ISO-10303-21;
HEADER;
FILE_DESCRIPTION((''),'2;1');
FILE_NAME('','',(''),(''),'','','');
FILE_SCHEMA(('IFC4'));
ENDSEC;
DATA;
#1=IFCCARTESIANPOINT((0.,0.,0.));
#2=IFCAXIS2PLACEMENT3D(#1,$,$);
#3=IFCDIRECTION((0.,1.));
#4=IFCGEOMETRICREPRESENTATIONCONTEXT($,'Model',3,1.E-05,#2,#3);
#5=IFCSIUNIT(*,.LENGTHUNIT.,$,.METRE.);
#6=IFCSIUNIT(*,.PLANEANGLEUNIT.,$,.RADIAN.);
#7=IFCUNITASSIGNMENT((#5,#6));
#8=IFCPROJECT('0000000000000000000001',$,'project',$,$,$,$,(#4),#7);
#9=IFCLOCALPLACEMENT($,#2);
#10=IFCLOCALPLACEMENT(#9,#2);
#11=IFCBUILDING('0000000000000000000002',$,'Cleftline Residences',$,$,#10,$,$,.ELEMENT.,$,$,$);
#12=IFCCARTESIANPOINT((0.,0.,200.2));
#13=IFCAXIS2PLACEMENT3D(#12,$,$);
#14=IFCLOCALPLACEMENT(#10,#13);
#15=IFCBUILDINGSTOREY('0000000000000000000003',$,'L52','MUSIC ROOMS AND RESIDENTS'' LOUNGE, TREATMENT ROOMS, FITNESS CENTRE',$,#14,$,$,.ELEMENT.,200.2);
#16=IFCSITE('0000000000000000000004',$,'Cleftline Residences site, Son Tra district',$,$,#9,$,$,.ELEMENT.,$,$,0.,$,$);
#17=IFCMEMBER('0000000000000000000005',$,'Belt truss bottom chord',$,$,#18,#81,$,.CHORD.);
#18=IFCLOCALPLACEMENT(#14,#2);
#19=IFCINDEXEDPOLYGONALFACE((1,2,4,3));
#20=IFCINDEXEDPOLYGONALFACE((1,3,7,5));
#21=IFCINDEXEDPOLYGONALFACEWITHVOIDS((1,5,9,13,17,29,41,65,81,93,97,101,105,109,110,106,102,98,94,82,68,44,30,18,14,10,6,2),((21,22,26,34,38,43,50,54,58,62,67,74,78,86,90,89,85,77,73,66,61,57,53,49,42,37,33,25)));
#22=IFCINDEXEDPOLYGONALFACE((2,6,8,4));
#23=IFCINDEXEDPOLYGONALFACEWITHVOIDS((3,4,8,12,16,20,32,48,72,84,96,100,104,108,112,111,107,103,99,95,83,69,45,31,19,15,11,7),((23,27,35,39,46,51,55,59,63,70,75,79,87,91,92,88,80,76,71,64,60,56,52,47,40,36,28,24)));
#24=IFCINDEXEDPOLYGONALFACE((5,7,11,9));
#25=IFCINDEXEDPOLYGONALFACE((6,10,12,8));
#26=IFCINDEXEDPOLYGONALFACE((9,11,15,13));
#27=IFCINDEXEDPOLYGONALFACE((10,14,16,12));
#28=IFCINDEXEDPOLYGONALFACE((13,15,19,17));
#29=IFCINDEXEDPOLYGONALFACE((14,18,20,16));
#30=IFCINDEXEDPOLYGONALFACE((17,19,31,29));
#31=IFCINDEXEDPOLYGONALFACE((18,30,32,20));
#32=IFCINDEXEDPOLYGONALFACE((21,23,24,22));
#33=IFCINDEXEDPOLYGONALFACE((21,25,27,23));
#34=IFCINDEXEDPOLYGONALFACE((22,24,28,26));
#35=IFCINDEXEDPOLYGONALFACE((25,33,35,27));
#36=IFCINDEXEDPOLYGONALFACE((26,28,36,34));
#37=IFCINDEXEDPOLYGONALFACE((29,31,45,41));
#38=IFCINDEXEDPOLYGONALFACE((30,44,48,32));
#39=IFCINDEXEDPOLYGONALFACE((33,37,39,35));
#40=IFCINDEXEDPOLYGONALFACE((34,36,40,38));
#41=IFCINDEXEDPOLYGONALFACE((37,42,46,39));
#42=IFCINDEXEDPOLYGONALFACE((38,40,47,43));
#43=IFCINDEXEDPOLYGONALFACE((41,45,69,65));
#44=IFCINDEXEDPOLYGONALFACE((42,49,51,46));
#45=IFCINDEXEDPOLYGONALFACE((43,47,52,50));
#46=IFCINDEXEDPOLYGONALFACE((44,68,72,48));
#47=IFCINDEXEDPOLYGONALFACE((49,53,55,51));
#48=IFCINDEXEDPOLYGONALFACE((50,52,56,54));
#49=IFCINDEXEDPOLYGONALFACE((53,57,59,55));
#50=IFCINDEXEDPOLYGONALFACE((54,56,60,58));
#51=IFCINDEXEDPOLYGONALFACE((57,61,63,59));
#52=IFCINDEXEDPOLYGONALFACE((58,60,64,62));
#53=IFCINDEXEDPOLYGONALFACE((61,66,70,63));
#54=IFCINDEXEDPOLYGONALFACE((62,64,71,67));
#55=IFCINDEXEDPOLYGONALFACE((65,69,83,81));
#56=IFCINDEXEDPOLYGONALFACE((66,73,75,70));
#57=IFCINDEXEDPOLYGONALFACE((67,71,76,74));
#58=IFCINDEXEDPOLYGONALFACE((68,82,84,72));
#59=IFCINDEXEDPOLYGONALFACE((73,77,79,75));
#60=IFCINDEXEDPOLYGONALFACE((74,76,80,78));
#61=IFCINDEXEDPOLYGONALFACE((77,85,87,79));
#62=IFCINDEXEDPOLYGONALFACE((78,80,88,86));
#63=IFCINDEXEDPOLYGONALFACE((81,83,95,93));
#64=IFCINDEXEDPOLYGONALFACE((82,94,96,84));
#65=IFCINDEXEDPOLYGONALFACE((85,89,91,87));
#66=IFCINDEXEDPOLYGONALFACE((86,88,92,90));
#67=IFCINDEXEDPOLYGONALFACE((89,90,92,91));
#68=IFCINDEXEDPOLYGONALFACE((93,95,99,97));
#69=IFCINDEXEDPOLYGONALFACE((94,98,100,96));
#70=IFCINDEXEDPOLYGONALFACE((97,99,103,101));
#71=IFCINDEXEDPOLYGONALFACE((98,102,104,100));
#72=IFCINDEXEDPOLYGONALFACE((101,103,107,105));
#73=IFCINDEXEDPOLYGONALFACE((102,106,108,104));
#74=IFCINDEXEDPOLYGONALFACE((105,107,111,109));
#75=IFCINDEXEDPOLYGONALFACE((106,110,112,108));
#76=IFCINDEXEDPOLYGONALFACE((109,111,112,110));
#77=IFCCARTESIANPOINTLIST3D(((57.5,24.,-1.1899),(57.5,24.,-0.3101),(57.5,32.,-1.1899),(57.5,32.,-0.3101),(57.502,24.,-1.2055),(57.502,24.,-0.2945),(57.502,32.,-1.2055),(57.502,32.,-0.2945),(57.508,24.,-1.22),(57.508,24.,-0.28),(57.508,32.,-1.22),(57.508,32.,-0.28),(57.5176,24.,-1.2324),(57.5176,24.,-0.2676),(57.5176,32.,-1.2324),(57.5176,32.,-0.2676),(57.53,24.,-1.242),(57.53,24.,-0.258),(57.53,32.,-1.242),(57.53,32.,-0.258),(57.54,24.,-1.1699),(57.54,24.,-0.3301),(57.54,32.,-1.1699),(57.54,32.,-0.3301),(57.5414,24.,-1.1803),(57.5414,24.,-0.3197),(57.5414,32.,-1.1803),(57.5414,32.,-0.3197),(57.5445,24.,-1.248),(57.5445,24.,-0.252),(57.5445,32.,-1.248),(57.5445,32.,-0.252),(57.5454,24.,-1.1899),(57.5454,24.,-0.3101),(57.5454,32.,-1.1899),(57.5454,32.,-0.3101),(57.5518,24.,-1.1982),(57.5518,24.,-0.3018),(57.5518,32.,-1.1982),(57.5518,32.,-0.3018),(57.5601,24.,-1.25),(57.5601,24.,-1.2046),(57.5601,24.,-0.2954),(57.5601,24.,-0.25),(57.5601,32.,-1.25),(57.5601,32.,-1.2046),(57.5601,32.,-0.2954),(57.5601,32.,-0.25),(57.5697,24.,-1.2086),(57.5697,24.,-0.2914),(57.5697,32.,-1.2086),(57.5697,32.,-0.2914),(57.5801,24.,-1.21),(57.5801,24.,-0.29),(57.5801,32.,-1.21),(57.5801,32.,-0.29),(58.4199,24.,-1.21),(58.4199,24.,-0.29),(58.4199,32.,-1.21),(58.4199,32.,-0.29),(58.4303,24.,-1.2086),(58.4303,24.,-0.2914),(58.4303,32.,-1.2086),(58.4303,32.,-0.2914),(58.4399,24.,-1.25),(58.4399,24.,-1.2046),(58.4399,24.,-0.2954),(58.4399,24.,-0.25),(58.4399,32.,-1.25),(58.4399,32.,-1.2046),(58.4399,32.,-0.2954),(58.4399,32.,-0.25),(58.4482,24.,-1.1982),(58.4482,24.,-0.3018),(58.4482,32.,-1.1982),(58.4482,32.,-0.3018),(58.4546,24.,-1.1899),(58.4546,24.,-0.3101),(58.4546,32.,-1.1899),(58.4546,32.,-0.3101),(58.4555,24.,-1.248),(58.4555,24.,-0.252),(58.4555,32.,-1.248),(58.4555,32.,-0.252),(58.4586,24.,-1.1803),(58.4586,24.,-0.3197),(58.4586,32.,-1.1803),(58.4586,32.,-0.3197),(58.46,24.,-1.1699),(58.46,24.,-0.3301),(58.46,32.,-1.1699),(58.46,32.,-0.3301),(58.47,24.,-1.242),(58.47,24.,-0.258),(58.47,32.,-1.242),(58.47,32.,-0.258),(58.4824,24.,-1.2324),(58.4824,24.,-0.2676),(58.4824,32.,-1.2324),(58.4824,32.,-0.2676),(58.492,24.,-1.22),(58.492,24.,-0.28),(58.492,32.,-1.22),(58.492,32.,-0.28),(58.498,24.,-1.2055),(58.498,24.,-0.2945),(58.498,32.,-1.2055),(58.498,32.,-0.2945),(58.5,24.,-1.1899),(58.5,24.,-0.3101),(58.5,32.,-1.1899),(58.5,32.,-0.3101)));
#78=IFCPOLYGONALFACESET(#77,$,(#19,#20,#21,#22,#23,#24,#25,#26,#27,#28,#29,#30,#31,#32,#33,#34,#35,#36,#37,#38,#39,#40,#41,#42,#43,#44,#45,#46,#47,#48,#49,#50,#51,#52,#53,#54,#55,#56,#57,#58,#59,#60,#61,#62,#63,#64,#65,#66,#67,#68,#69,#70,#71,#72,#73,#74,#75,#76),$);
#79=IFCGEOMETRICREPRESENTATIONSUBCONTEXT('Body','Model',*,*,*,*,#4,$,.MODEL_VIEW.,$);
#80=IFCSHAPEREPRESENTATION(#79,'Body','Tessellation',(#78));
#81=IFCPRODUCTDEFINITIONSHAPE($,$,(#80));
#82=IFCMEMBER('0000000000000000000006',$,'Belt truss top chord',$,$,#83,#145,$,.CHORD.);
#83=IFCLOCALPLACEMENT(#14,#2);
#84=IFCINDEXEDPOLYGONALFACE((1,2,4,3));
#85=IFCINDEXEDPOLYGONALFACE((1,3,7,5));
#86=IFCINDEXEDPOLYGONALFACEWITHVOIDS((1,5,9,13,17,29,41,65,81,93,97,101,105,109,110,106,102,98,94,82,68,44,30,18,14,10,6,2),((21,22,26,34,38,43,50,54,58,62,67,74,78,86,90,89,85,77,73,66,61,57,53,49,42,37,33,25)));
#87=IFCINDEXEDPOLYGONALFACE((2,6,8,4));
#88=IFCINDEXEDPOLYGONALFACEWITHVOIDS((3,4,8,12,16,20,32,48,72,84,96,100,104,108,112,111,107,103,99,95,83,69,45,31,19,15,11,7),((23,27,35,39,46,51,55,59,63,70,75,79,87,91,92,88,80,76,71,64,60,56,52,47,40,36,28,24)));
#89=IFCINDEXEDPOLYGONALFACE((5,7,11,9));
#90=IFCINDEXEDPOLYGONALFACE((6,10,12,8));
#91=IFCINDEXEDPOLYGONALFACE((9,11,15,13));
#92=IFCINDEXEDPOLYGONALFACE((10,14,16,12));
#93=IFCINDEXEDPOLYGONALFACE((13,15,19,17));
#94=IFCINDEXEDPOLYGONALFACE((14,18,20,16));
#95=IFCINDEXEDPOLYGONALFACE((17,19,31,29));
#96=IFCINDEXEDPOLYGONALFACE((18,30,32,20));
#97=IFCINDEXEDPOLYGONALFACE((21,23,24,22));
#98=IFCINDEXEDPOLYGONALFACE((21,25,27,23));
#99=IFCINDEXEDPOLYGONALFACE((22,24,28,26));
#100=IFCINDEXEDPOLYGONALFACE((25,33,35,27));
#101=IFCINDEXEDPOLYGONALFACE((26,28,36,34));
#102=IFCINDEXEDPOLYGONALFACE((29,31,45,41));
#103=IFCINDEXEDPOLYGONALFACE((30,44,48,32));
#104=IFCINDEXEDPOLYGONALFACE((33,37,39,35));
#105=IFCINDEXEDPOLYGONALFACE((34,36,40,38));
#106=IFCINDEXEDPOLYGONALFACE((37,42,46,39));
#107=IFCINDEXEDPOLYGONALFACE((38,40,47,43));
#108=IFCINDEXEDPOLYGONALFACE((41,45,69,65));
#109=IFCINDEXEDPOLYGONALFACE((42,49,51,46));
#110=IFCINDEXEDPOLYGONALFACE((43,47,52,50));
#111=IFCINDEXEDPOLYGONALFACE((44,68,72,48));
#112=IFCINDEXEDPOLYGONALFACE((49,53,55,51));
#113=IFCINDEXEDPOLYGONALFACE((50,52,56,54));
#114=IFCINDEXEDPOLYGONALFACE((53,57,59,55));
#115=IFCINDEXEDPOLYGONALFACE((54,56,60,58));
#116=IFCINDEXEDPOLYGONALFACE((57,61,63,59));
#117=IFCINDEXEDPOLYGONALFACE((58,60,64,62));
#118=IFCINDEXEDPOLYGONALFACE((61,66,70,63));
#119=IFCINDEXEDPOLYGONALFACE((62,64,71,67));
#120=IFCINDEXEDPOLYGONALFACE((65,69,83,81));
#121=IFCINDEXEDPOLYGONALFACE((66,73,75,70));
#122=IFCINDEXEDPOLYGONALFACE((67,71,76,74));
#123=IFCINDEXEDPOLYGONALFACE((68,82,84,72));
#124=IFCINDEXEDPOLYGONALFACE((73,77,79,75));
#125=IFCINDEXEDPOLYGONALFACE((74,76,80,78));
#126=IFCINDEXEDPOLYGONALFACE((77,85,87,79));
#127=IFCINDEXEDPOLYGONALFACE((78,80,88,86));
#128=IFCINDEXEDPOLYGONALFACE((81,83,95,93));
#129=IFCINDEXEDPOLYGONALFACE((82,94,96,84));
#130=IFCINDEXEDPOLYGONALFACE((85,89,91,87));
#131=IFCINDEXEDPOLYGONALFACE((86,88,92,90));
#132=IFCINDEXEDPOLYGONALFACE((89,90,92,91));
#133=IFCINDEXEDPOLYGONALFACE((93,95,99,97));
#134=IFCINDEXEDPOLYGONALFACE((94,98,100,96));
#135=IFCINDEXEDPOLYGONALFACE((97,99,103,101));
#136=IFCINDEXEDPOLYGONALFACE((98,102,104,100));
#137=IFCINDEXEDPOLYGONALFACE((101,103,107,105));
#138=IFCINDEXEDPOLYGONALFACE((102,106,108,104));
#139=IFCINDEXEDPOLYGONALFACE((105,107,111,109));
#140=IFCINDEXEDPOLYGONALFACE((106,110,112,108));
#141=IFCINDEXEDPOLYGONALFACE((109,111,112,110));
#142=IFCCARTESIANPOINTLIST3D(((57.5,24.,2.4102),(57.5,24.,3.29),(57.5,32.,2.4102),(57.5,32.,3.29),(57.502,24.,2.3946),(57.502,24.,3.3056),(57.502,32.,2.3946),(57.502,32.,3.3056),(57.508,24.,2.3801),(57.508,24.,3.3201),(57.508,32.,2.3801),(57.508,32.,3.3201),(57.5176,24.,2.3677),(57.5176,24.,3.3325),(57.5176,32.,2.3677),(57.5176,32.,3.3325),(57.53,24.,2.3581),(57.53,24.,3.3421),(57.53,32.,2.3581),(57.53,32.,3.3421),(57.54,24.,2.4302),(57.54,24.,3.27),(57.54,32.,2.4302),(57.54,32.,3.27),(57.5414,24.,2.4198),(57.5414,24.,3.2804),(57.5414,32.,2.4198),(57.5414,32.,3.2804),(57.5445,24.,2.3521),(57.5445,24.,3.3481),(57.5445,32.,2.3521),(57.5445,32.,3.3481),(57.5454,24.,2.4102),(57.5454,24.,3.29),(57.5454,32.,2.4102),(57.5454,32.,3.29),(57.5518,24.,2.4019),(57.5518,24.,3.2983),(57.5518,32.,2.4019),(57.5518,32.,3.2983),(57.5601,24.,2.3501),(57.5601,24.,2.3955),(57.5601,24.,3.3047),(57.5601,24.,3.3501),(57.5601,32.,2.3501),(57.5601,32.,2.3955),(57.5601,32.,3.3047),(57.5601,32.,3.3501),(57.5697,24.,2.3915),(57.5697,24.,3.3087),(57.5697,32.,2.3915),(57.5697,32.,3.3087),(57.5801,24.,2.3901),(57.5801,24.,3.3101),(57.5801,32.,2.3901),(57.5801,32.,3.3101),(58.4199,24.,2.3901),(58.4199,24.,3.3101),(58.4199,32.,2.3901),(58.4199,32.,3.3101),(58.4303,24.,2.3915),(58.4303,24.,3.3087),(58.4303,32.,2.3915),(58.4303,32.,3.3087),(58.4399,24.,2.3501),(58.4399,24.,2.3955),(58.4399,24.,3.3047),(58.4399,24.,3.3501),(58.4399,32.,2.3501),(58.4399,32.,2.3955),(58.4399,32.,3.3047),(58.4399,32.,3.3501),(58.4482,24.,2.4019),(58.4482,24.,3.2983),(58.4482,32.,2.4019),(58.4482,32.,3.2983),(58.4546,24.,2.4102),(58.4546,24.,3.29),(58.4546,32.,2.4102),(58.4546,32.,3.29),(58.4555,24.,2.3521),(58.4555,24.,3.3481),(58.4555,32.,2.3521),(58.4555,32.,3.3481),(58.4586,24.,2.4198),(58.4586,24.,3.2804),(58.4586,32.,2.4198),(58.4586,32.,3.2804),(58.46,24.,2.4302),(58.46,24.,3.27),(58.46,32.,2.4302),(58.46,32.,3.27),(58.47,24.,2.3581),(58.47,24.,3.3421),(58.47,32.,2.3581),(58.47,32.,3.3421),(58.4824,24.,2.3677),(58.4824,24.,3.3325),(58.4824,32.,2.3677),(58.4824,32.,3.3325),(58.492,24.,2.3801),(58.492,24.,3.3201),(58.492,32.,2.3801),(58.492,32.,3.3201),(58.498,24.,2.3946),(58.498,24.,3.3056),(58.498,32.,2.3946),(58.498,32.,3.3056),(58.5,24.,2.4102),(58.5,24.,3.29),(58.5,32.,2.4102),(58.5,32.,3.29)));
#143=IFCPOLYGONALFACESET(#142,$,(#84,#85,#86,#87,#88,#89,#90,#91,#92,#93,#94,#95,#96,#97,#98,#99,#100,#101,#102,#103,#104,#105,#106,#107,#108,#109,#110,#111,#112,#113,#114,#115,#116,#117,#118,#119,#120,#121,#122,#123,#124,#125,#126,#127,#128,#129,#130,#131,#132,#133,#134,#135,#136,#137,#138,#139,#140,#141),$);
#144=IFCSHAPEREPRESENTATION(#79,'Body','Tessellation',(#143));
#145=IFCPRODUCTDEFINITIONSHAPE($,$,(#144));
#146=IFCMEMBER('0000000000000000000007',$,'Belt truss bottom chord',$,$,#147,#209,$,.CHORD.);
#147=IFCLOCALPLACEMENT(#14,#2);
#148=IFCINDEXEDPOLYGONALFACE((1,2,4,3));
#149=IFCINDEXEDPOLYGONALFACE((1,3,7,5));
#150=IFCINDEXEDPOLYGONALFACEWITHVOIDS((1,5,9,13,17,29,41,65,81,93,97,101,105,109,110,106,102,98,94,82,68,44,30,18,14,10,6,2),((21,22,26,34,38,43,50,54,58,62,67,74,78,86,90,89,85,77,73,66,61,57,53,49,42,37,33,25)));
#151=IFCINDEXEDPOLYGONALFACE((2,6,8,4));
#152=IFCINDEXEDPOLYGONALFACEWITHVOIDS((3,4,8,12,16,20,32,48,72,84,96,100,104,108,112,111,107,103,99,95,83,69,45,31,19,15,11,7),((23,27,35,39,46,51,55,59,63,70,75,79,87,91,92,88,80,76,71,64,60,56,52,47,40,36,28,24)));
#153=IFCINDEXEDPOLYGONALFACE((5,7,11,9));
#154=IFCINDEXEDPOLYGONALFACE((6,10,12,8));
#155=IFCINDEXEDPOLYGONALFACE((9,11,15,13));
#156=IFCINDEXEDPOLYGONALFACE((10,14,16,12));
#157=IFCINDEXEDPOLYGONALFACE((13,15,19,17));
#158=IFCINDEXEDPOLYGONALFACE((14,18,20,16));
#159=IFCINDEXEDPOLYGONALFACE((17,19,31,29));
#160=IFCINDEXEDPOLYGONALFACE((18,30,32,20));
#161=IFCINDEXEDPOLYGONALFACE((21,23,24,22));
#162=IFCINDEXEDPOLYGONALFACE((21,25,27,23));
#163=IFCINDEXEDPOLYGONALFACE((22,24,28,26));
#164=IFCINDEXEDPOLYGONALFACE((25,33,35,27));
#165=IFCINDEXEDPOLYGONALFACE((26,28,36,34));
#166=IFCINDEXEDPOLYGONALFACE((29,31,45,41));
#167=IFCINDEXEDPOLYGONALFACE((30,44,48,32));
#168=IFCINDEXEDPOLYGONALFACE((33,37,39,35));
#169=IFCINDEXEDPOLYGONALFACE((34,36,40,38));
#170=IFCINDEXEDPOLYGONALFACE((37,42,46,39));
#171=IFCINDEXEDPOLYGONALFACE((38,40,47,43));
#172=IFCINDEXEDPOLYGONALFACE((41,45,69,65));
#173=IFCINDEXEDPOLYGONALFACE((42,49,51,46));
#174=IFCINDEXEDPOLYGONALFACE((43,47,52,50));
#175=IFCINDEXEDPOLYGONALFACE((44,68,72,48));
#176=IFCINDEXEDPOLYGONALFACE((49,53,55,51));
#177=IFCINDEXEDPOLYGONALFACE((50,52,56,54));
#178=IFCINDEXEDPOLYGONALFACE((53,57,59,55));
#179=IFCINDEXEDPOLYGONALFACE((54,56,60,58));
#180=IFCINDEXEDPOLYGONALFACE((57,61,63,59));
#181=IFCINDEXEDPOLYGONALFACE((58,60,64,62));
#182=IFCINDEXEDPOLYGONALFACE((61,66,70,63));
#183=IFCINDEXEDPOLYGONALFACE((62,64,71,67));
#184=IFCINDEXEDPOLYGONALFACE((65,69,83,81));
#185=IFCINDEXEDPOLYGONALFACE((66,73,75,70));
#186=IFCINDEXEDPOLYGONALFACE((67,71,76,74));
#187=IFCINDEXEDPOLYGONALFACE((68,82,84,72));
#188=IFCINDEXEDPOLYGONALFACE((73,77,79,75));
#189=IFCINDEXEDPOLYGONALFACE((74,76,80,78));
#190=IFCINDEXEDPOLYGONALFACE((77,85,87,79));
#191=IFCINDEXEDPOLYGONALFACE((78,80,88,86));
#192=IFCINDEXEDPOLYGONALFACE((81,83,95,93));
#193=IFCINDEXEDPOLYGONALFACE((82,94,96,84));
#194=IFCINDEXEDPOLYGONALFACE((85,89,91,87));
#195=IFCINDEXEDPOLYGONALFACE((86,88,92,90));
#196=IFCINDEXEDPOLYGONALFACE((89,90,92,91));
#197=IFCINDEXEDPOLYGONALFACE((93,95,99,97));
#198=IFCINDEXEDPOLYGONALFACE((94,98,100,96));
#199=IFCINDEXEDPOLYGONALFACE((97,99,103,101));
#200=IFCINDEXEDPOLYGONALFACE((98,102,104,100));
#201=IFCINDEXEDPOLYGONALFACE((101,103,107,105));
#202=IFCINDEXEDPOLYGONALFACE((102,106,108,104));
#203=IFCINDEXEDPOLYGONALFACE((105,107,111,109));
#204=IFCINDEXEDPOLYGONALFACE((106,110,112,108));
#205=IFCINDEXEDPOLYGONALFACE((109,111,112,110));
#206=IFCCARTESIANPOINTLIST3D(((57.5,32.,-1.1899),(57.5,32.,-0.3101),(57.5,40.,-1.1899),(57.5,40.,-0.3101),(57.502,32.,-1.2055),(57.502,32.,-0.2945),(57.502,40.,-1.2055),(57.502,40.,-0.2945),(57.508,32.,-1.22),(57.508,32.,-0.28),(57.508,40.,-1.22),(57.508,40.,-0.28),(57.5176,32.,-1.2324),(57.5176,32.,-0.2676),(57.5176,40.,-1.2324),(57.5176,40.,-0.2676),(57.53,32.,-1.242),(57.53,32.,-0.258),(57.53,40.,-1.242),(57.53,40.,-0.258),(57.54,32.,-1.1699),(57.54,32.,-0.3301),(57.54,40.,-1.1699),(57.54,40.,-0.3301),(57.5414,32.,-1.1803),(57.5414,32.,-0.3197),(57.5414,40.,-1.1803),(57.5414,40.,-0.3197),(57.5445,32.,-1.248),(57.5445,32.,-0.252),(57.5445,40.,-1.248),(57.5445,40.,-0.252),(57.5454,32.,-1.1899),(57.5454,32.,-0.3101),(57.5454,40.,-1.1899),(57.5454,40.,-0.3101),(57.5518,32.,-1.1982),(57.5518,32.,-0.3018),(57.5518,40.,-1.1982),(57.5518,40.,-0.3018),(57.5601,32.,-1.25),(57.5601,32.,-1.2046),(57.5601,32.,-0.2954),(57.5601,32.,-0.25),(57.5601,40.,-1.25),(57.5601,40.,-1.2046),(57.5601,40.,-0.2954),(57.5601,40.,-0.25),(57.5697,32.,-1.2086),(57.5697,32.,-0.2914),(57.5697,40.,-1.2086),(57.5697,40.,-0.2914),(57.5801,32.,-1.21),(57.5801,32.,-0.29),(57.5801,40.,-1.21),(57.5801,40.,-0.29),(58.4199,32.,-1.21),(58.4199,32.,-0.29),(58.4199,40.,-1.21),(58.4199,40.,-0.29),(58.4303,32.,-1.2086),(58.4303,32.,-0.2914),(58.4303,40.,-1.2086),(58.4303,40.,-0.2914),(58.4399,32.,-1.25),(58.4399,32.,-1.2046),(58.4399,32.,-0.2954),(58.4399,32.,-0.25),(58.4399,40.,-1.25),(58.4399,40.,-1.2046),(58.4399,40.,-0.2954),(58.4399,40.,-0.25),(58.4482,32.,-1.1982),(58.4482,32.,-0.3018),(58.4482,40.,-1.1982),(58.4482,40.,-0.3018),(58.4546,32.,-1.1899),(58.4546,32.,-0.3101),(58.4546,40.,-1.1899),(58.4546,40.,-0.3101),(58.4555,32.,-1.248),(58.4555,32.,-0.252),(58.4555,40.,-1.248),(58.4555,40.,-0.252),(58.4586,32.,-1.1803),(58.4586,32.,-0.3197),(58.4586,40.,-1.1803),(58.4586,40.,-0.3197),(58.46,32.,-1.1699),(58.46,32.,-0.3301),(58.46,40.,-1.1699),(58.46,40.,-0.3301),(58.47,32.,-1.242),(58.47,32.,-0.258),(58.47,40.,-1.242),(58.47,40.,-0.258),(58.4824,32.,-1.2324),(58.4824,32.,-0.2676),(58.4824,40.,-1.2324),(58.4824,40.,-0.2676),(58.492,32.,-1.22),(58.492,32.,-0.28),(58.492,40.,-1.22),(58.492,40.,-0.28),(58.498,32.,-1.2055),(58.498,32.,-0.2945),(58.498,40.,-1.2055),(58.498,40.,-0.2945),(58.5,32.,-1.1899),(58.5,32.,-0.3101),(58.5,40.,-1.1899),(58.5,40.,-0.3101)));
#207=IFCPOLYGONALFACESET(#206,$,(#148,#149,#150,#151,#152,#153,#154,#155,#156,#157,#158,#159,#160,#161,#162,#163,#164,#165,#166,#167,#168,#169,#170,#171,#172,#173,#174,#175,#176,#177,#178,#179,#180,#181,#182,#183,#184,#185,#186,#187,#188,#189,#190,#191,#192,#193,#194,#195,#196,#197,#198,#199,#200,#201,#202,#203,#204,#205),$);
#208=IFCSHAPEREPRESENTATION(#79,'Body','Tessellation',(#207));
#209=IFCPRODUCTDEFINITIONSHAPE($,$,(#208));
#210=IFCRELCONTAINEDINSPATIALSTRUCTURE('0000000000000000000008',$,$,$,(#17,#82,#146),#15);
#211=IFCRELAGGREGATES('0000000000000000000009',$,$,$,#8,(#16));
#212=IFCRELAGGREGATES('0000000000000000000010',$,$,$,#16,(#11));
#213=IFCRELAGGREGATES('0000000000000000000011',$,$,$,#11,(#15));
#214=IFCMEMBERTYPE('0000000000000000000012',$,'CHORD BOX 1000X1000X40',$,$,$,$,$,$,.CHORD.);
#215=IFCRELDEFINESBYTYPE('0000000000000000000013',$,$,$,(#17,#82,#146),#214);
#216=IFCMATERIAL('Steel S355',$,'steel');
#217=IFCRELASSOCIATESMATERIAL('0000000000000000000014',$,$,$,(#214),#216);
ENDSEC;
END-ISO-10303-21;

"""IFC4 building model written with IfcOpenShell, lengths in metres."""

from ifc_helpers import new_model, si_unit, direction, frame, origin, origin_2d, place, context, subcontext, project, spatial, hollow_rectangle, extrude, material, material_profile, profile_set, type_object, element, save


model = new_model("IFC4")

# Units and contexts
model_context = context("Model", 3, precision=1e-05, world=origin(), true_north=direction((0.0, 1.0)))
body_context = subcontext(model_context, "Body", "Model", "MODEL_VIEW")
ifc_project = project(units=[si_unit("LENGTHUNIT", "METRE"), si_unit("PLANEANGLEUNIT", "RADIAN")], contexts=[model_context])

# Site, building, storey
site_placement = place(None, origin())
site = spatial("IfcSite", under=ifc_project, at=site_placement, Name="Cleftline Residences site, Son Tra district", CompositionType="ELEMENT", RefElevation=0.0)
building_placement = place(site_placement, origin())
building = spatial("IfcBuilding", under=site, at=building_placement, Name="Cleftline Residences", CompositionType="ELEMENT")
storey_placement = place(building_placement, frame((0.0, 0.0, 200.2)))
storey = spatial("IfcBuildingStorey", under=building, at=storey_placement, Name="L52", Description="MUSIC ROOMS AND RESIDENTS' LOUNGE, TREATMENT ROOMS, FITNESS CENTRE", CompositionType="ELEMENT", Elevation=200.2)

# Members
ifc_material_1 = material(Name="Steel S355", Category="steel")
ifc_material_profile_1 = material_profile(ifc_material_1, hollow_rectangle(XDim=1.0, YDim=1.0, WallThickness=0.04, InnerFilletRadius=0.04, OuterFilletRadius=0.0601, at=origin_2d()))
ifc_profile_set_1 = profile_set([ifc_material_profile_1], Name="Steel S355")
member_type_1 = type_object("IfcMemberType", Name="CHORD BOX 1000X1000X40", PredefinedType="CHORD", material=ifc_profile_set_1)
for number, where, z_axis, x_axis, name in (
    (1, (58.0, 24.0, -0.75), (0.0, 1.0, 0.0), (-1.0, 0.0, 0.0), "Belt truss bottom chord"),
    (2, (58.0, 24.0, 2.8501), (0.0, 1.0, 0.0), (-1.0, 0.0, 0.0), "Belt truss top chord"),
    (3, (58.0, 32.0, -0.75), (0.0, 1.0, 0.0), (-1.0, 0.0, 0.0), "Belt truss bottom chord"),
):
    element("IfcMember", number, at=place(storey_placement, frame(where, z_axis=z_axis, x_axis=x_axis)), inside=storey, type_object=member_type_1, Name=name, PredefinedType="CHORD", context=body_context, shape_type="SweptSolid", body=[
        extrude(hollow_rectangle(XDim=1.0, YDim=1.0, WallThickness=0.04, InnerFilletRadius=0.04, OuterFilletRadius=0.0601, at=origin_2d()), origin(), (0.0, 0.0, 1.0), 8.0),
    ])

save(model, "model.ifc")
